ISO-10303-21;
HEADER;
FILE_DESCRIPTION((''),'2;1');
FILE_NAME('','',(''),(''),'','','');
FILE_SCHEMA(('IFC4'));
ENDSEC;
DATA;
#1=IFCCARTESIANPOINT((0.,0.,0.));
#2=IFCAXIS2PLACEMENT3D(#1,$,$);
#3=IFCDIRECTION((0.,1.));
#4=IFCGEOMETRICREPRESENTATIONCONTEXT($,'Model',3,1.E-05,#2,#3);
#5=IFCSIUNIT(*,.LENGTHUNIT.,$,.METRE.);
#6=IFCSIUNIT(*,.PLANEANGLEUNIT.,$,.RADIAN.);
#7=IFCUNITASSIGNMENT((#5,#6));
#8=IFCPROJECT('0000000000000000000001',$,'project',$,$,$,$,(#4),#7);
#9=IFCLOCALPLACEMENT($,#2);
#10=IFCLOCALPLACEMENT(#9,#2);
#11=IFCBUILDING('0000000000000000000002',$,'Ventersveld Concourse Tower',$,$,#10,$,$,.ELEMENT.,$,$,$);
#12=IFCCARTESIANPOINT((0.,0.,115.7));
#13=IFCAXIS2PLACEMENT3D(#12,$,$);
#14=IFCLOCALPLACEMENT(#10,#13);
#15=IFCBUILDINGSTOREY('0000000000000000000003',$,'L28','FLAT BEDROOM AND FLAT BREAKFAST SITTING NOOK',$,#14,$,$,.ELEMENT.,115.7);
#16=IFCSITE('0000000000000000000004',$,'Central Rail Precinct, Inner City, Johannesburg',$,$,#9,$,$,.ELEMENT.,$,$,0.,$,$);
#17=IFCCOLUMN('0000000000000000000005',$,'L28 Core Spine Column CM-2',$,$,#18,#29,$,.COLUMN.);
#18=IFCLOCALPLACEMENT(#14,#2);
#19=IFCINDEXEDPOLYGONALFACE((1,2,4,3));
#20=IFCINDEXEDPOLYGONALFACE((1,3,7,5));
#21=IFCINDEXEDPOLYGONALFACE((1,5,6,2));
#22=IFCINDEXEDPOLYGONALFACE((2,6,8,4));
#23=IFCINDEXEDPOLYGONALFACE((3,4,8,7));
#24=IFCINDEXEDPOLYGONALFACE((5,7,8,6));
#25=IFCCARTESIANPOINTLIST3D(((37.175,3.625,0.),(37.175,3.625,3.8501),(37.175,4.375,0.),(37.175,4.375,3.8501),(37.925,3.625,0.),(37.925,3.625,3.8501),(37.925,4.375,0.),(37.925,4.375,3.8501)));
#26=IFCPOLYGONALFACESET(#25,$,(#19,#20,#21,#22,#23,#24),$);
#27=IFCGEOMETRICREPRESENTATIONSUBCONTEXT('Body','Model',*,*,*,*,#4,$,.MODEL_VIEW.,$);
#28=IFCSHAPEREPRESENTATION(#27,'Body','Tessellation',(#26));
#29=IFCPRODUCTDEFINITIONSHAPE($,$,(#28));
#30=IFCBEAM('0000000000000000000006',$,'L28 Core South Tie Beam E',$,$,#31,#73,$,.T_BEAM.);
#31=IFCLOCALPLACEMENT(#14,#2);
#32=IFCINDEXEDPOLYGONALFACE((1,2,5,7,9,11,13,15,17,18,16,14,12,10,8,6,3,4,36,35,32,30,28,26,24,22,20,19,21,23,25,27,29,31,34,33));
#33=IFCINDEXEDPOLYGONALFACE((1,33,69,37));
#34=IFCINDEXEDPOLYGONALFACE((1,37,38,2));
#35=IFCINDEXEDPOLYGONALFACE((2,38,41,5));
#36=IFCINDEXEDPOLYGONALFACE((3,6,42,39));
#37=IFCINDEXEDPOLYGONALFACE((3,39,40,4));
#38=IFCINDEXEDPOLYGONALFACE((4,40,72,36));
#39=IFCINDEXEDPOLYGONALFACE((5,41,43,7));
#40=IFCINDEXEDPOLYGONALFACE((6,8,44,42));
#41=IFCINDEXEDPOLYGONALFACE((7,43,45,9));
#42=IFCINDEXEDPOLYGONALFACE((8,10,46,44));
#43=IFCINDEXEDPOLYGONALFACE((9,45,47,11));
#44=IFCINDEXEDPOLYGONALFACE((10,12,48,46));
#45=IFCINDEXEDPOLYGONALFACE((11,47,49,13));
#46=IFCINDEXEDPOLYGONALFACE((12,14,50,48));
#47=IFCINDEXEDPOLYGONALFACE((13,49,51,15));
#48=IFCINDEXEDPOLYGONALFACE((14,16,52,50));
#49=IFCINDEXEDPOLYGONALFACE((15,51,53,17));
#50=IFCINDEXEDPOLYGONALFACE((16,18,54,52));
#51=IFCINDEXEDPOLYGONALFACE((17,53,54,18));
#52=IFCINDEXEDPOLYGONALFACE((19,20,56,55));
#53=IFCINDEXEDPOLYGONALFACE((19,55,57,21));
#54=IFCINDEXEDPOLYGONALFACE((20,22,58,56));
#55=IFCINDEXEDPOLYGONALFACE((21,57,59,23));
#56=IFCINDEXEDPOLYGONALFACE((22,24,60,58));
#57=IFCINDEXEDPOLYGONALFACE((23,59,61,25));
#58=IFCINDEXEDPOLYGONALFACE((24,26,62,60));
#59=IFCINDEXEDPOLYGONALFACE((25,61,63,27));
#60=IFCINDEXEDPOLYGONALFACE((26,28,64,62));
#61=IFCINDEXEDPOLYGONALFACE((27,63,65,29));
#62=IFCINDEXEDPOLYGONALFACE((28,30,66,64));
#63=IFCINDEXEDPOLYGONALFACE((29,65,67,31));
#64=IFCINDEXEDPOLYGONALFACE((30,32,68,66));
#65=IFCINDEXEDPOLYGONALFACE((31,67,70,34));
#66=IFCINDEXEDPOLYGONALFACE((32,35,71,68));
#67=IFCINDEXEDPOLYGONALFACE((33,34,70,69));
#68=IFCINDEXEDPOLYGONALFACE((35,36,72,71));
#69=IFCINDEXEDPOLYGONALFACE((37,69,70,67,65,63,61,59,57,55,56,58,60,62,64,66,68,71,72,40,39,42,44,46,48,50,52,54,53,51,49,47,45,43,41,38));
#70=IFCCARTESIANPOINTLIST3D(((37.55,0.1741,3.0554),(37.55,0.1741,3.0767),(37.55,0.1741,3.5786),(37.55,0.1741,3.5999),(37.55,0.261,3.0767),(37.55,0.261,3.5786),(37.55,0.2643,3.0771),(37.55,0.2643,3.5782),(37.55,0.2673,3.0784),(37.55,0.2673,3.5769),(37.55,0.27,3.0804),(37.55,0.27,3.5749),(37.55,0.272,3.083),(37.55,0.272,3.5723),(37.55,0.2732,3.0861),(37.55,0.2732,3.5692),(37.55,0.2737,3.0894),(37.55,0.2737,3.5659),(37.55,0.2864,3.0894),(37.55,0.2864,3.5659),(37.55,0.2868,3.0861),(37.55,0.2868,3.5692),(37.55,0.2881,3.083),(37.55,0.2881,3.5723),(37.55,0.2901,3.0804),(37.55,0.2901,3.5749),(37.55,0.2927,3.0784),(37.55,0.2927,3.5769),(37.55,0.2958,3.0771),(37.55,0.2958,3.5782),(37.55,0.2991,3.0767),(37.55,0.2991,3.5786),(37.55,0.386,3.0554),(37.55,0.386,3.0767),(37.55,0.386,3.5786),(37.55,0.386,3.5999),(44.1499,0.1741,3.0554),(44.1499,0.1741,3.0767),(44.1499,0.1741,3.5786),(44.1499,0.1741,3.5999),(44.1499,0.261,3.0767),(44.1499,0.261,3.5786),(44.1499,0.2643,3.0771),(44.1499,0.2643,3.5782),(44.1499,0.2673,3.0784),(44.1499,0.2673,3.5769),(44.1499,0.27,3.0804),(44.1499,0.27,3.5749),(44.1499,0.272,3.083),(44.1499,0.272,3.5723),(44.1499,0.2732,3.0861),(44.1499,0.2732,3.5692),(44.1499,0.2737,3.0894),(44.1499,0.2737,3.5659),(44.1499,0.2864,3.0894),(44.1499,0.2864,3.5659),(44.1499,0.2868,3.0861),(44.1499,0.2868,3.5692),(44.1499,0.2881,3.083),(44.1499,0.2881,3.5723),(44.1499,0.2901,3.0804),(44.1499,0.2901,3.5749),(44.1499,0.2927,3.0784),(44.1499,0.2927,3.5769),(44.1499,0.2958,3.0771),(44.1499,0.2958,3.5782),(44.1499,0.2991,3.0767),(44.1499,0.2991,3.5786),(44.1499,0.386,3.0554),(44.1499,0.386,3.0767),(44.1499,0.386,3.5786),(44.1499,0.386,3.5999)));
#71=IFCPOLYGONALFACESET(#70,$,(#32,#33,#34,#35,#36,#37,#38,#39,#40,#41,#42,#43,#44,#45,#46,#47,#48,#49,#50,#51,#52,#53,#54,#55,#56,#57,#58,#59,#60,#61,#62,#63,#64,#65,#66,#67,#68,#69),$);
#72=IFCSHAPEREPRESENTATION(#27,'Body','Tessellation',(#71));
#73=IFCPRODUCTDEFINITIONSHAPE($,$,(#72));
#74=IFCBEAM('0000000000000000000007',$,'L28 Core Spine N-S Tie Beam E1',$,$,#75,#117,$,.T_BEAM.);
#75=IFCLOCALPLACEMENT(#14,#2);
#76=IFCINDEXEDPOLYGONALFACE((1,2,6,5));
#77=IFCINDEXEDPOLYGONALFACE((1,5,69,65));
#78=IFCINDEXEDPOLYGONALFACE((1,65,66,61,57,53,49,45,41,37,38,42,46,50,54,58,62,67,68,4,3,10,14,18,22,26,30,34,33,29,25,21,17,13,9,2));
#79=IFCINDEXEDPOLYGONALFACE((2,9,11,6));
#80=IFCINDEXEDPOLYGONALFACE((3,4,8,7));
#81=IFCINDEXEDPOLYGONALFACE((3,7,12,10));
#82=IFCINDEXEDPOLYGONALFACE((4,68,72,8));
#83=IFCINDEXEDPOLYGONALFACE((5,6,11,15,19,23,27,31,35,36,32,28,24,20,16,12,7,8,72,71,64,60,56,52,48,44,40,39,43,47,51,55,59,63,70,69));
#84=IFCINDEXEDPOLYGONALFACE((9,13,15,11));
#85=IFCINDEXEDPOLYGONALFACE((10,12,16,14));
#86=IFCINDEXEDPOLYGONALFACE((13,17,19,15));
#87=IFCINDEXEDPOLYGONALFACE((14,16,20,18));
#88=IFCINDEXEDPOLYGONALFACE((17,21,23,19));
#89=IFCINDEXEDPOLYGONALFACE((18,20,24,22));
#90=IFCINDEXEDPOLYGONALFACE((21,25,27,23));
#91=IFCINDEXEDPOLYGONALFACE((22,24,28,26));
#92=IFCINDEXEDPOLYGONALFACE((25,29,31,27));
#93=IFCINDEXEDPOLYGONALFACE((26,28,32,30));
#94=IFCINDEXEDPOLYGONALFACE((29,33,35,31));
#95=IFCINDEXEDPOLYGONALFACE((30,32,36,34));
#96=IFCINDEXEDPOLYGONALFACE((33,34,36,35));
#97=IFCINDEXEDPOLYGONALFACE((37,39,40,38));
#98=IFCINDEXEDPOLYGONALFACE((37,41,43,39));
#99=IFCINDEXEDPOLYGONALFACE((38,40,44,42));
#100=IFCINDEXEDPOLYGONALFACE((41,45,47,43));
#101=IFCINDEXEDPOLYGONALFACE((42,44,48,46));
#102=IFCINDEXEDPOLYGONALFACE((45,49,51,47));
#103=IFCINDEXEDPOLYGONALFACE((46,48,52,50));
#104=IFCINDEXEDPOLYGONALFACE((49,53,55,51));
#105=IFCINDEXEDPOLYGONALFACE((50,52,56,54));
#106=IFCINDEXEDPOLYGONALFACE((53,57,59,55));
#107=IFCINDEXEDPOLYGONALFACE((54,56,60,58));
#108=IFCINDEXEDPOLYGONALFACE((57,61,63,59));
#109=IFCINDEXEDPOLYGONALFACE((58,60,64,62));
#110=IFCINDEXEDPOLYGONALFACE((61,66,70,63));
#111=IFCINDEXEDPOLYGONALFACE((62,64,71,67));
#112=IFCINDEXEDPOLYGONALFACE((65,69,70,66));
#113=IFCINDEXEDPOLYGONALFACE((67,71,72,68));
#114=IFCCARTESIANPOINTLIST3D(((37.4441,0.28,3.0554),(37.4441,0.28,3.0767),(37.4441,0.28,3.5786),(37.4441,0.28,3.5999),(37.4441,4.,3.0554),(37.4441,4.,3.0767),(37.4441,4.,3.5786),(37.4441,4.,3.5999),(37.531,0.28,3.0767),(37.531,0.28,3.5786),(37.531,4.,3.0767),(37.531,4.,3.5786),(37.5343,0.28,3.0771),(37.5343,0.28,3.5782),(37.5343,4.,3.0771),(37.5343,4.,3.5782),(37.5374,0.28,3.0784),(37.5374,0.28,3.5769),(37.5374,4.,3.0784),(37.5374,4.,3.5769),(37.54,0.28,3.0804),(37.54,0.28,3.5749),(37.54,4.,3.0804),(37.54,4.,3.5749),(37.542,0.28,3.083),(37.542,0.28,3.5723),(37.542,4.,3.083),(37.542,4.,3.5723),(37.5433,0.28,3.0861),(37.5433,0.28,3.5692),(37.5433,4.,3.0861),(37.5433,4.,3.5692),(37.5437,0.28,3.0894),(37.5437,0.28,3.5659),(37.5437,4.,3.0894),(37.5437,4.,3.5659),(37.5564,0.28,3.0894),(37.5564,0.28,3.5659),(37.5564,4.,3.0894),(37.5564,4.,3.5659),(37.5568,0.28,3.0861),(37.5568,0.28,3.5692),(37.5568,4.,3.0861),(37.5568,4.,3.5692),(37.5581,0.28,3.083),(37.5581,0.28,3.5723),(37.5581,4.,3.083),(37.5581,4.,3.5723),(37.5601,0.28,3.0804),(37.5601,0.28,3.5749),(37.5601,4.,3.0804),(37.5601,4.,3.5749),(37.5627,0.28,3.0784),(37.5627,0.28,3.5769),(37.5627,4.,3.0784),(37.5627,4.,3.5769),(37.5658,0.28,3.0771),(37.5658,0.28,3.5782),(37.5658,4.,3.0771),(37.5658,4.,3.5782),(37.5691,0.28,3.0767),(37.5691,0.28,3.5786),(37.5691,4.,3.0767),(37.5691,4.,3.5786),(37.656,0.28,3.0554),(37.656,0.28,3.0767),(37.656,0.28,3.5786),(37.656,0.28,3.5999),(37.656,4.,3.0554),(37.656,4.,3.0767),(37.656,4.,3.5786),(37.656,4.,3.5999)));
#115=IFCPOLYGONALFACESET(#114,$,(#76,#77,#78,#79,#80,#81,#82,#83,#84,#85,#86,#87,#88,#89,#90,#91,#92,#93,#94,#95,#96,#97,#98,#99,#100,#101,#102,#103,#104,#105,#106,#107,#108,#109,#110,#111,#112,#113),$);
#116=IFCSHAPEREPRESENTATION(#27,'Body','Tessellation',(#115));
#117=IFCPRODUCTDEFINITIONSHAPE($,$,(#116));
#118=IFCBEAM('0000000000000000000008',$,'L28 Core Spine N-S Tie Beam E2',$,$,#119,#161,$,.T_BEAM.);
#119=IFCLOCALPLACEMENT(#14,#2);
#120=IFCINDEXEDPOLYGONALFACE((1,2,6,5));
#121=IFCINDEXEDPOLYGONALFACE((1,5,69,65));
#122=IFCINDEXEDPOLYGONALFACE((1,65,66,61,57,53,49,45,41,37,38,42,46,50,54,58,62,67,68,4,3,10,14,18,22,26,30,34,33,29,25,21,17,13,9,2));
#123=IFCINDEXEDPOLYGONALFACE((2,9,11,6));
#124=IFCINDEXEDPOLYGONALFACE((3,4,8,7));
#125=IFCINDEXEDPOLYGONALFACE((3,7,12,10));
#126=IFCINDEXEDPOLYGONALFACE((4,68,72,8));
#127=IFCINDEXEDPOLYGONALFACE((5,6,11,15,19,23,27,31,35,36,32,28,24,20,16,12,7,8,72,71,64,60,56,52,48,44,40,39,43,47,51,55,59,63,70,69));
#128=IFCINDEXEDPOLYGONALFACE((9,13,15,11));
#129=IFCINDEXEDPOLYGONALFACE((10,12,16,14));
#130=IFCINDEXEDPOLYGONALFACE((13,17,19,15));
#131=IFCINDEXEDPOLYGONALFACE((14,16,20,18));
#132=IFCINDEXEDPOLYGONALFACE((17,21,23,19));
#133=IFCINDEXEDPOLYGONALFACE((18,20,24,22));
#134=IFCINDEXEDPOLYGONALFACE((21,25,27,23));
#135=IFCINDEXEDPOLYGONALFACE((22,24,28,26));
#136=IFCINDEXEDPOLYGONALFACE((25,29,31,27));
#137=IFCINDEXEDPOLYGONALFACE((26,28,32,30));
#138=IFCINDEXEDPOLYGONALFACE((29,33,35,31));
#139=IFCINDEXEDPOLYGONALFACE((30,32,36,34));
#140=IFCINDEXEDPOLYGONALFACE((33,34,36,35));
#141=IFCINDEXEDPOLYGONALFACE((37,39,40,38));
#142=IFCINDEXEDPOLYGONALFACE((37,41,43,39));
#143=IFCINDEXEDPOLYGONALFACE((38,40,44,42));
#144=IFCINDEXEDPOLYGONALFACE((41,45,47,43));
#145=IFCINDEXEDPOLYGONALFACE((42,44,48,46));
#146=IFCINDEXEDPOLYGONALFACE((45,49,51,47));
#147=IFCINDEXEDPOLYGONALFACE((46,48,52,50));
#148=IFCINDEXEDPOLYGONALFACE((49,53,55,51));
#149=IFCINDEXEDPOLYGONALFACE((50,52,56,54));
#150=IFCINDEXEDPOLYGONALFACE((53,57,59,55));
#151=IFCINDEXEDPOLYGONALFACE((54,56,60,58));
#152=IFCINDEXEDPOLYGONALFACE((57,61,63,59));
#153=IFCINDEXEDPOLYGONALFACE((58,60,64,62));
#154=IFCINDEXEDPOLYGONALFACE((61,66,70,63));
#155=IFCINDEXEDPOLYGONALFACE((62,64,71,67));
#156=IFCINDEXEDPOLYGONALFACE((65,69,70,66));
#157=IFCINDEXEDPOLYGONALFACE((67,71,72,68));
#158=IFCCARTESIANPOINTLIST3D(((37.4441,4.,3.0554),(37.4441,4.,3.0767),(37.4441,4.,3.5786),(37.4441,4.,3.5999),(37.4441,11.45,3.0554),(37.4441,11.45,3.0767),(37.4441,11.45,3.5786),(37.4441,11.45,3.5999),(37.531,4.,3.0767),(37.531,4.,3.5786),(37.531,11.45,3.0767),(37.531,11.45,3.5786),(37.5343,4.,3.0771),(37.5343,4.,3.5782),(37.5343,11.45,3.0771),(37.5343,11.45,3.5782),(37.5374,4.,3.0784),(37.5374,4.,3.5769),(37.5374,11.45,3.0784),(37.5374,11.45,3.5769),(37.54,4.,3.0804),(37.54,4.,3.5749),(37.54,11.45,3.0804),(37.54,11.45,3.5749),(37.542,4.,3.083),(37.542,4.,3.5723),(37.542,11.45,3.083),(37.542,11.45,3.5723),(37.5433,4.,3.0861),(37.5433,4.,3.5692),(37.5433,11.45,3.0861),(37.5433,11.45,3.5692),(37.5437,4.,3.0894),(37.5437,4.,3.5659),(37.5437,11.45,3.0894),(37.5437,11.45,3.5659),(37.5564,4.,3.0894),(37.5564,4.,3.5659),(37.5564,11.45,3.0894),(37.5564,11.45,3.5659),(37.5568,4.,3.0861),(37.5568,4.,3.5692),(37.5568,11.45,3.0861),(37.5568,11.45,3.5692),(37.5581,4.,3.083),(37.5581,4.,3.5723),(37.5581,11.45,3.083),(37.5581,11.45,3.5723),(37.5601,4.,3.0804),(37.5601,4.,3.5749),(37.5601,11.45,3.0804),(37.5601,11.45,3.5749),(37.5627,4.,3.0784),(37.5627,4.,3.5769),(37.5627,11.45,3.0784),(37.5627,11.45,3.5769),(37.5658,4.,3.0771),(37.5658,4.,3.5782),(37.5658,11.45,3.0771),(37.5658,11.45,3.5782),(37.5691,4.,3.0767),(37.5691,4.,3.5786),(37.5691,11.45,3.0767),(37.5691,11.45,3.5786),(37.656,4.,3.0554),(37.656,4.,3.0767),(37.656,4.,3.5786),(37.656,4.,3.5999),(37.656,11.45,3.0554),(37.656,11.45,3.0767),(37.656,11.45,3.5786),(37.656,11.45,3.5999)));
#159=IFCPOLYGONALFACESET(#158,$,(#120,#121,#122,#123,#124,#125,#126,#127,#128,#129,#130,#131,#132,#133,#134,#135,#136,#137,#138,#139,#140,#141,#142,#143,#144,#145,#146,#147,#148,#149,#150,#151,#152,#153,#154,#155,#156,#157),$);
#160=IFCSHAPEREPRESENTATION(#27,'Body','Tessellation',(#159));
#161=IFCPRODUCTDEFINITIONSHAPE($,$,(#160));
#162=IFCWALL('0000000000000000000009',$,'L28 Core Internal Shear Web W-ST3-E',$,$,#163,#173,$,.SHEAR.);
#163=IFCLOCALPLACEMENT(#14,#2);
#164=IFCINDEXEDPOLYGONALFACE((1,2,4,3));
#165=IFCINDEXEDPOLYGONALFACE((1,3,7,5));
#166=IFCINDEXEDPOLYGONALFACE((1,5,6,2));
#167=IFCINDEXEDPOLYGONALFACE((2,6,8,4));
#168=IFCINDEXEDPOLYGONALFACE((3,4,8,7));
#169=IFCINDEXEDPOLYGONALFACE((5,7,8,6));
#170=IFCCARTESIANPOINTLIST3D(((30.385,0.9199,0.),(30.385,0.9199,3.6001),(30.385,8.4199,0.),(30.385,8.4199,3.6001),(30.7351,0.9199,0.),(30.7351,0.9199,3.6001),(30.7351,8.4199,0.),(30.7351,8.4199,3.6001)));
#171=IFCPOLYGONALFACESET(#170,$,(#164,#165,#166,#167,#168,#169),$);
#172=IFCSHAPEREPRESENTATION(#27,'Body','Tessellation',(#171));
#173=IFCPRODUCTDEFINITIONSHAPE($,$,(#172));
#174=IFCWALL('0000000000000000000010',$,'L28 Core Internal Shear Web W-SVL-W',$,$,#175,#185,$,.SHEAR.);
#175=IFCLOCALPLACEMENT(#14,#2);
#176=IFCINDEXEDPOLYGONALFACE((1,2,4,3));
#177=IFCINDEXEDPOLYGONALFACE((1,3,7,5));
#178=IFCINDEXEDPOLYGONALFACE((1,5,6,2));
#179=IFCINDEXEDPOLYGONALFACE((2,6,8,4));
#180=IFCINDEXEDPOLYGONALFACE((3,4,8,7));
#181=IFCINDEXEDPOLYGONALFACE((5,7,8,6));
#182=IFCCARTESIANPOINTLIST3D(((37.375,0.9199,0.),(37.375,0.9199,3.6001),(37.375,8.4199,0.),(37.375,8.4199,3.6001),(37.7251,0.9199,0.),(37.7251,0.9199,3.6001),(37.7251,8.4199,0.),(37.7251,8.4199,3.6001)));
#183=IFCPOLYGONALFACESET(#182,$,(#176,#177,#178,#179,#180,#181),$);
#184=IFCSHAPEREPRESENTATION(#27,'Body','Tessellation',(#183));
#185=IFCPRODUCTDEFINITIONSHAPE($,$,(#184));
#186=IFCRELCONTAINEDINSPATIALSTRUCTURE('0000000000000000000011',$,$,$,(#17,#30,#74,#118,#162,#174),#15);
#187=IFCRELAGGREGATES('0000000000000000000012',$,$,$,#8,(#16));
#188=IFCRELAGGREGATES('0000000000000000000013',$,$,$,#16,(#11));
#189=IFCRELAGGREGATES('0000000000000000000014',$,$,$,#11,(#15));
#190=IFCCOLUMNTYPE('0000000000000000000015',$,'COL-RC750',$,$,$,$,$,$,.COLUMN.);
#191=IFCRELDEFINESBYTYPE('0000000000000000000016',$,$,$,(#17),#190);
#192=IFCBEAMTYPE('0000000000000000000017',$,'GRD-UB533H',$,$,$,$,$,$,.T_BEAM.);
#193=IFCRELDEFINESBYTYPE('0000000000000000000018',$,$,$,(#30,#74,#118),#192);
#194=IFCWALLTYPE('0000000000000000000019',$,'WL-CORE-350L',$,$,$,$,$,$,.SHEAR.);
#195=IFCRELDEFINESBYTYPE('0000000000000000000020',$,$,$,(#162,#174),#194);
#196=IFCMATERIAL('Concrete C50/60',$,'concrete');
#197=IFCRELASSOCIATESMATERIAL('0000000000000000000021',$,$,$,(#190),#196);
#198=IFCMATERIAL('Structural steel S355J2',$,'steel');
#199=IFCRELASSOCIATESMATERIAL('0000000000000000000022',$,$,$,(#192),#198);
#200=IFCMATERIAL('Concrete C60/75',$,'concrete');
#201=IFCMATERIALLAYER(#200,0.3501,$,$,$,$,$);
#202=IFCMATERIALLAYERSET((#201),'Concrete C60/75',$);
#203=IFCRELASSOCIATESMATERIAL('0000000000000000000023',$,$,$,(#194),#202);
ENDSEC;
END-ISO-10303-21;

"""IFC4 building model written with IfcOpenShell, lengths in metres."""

from ifc_helpers import new_model, si_unit, direction, frame, frame_2d, origin, origin_2d, place, context, subcontext, project, spatial, rectangle, i_section, extrude, material, layer, layer_set, material_profile, profile_set, type_object, element, save


model = new_model("IFC4")

# Units and contexts
model_context = context("Model", 3, precision=1e-05, world=origin(), true_north=direction((0.0, 1.0)))
body_context = subcontext(model_context, "Body", "Model", "MODEL_VIEW")
ifc_project = project(units=[si_unit("LENGTHUNIT", "METRE"), si_unit("PLANEANGLEUNIT", "RADIAN")], contexts=[model_context])

# Site, building, storey
site_placement = place(None, origin())
site = spatial("IfcSite", under=ifc_project, at=site_placement, Name="Central Rail Precinct, Inner City, Johannesburg", CompositionType="ELEMENT", RefElevation=0.0)
building_placement = place(site_placement, origin())
building = spatial("IfcBuilding", under=site, at=building_placement, Name="Ventersveld Concourse Tower", CompositionType="ELEMENT")
storey_placement = place(building_placement, frame((0.0, 0.0, 115.7)))
storey = spatial("IfcBuildingStorey", under=building, at=storey_placement, Name="L28", Description="FLAT BEDROOM AND FLAT BREAKFAST SITTING NOOK", CompositionType="ELEMENT", Elevation=115.7)

# Column
ifc_material_1 = material(Name="Concrete C50/60", Category="concrete")
ifc_material_profile_1 = material_profile(ifc_material_1, rectangle(XDim=0.75, YDim=0.75, at=origin_2d()), Name="RC 750x750")
ifc_profile_set_1 = profile_set([ifc_material_profile_1], Name="Concrete C50/60")
column_type = type_object("IfcColumnType", Name="COL-RC750", PredefinedType="COLUMN", material=ifc_profile_set_1)
column_placement = place(storey_placement, frame((37.55, 4.0, 0.0), z_axis=(0.0, 0.0, 1.0), x_axis=(1.0, 0.0, 0.0)))
element("IfcColumn", 1, at=column_placement, inside=storey, type_object=column_type, Name="L28 Core Spine Column CM-2", PredefinedType="COLUMN", context=body_context, shape_type="SweptSolid", body=[
    extrude(rectangle(XDim=0.75, YDim=0.75, at=origin_2d()), origin(), (0.0, 0.0, 1.0), 3.8501),
])

# Beams
ifc_material_2 = material(Name="Structural steel S355J2", Category="steel")
ifc_material_profile_2 = material_profile(ifc_material_2, i_section(OverallWidth=0.2119, OverallDepth=0.5444, WebThickness=0.0127, FlangeThickness=0.0212, FilletRadius=0.0127, at=origin_2d()), Name="UB 533x210x122")
ifc_profile_set_2 = profile_set([ifc_material_profile_2], Name="Structural steel S355J2")
beam_type = type_object("IfcBeamType", Name="GRD-UB533H", PredefinedType="T_BEAM", material=ifc_profile_set_2)
beam_1_placement = place(storey_placement, frame((37.55, 0.28, 3.3276), z_axis=(1.0, 0.0, 0.0), x_axis=(0.0, 1.0, 0.0)))
element("IfcBeam", 2, at=beam_1_placement, inside=storey, type_object=beam_type, Name="L28 Core South Tie Beam E", PredefinedType="T_BEAM", context=body_context, shape_type="SweptSolid", body=[
    extrude(i_section(OverallWidth=0.2119, OverallDepth=0.5444, WebThickness=0.0127, FlangeThickness=0.0212, FilletRadius=0.0127, at=origin_2d()), origin(), (0.0, 0.0, 1.0), 6.5999),
])
beam_2_placement = place(storey_placement, frame((37.55, 0.28, 3.3276), z_axis=(0.0, 1.0, 0.0), x_axis=(-1.0, 0.0, 0.0)))
element("IfcBeam", 3, at=beam_2_placement, inside=storey, type_object=beam_type, Name="L28 Core Spine N-S Tie Beam E1", PredefinedType="T_BEAM", context=body_context, shape_type="SweptSolid", body=[
    extrude(i_section(OverallWidth=0.2119, OverallDepth=0.5444, WebThickness=0.0127, FlangeThickness=0.0212, FilletRadius=0.0127, at=origin_2d()), origin(), (0.0, 0.0, 1.0), 3.72),
])
beam_3_placement = place(storey_placement, frame((37.55, 4.0, 3.3276), z_axis=(0.0, 1.0, 0.0), x_axis=(-1.0, 0.0, 0.0)))
element("IfcBeam", 4, at=beam_3_placement, inside=storey, type_object=beam_type, Name="L28 Core Spine N-S Tie Beam E2", PredefinedType="T_BEAM", context=body_context, shape_type="SweptSolid", body=[
    extrude(i_section(OverallWidth=0.2119, OverallDepth=0.5444, WebThickness=0.0127, FlangeThickness=0.0212, FilletRadius=0.0127, at=origin_2d()), origin(), (0.0, 0.0, 1.0), 7.45),
])

# Walls
ifc_material_3 = material(Name="Concrete C60/75", Category="concrete")
ifc_layer_1 = layer(ifc_material_3, 0.3501)
ifc_layer_set_1 = layer_set([ifc_layer_1], Name="Concrete C60/75")
wall_type_1 = type_object("IfcWallType", Name="WL-CORE-350L", PredefinedType="SHEAR", material=ifc_layer_set_1)
for number, where, z_axis, x_axis, name in (
    (5, (30.5601, 0.9199, 0.0), (0.0, 0.0, 1.0), (0.0, 1.0, 0.0), "L28 Core Internal Shear Web W-ST3-E"),
    (6, (37.55, 0.9199, 0.0), (0.0, 0.0, 1.0), (0.0, 1.0, 0.0), "L28 Core Internal Shear Web W-SVL-W"),
):
    element("IfcWall", number, at=place(storey_placement, frame(where, z_axis=z_axis, x_axis=x_axis)), inside=storey, type_object=wall_type_1, Name=name, PredefinedType="SHEAR", context=body_context, shape_type="SweptSolid", body=[
        extrude(rectangle(XDim=7.5, YDim=0.3501, at=frame_2d((3.75, 0.0))), origin(), (0.0, 0.0, 1.0), 3.6001),
    ])

save(model, "model.ifc")
